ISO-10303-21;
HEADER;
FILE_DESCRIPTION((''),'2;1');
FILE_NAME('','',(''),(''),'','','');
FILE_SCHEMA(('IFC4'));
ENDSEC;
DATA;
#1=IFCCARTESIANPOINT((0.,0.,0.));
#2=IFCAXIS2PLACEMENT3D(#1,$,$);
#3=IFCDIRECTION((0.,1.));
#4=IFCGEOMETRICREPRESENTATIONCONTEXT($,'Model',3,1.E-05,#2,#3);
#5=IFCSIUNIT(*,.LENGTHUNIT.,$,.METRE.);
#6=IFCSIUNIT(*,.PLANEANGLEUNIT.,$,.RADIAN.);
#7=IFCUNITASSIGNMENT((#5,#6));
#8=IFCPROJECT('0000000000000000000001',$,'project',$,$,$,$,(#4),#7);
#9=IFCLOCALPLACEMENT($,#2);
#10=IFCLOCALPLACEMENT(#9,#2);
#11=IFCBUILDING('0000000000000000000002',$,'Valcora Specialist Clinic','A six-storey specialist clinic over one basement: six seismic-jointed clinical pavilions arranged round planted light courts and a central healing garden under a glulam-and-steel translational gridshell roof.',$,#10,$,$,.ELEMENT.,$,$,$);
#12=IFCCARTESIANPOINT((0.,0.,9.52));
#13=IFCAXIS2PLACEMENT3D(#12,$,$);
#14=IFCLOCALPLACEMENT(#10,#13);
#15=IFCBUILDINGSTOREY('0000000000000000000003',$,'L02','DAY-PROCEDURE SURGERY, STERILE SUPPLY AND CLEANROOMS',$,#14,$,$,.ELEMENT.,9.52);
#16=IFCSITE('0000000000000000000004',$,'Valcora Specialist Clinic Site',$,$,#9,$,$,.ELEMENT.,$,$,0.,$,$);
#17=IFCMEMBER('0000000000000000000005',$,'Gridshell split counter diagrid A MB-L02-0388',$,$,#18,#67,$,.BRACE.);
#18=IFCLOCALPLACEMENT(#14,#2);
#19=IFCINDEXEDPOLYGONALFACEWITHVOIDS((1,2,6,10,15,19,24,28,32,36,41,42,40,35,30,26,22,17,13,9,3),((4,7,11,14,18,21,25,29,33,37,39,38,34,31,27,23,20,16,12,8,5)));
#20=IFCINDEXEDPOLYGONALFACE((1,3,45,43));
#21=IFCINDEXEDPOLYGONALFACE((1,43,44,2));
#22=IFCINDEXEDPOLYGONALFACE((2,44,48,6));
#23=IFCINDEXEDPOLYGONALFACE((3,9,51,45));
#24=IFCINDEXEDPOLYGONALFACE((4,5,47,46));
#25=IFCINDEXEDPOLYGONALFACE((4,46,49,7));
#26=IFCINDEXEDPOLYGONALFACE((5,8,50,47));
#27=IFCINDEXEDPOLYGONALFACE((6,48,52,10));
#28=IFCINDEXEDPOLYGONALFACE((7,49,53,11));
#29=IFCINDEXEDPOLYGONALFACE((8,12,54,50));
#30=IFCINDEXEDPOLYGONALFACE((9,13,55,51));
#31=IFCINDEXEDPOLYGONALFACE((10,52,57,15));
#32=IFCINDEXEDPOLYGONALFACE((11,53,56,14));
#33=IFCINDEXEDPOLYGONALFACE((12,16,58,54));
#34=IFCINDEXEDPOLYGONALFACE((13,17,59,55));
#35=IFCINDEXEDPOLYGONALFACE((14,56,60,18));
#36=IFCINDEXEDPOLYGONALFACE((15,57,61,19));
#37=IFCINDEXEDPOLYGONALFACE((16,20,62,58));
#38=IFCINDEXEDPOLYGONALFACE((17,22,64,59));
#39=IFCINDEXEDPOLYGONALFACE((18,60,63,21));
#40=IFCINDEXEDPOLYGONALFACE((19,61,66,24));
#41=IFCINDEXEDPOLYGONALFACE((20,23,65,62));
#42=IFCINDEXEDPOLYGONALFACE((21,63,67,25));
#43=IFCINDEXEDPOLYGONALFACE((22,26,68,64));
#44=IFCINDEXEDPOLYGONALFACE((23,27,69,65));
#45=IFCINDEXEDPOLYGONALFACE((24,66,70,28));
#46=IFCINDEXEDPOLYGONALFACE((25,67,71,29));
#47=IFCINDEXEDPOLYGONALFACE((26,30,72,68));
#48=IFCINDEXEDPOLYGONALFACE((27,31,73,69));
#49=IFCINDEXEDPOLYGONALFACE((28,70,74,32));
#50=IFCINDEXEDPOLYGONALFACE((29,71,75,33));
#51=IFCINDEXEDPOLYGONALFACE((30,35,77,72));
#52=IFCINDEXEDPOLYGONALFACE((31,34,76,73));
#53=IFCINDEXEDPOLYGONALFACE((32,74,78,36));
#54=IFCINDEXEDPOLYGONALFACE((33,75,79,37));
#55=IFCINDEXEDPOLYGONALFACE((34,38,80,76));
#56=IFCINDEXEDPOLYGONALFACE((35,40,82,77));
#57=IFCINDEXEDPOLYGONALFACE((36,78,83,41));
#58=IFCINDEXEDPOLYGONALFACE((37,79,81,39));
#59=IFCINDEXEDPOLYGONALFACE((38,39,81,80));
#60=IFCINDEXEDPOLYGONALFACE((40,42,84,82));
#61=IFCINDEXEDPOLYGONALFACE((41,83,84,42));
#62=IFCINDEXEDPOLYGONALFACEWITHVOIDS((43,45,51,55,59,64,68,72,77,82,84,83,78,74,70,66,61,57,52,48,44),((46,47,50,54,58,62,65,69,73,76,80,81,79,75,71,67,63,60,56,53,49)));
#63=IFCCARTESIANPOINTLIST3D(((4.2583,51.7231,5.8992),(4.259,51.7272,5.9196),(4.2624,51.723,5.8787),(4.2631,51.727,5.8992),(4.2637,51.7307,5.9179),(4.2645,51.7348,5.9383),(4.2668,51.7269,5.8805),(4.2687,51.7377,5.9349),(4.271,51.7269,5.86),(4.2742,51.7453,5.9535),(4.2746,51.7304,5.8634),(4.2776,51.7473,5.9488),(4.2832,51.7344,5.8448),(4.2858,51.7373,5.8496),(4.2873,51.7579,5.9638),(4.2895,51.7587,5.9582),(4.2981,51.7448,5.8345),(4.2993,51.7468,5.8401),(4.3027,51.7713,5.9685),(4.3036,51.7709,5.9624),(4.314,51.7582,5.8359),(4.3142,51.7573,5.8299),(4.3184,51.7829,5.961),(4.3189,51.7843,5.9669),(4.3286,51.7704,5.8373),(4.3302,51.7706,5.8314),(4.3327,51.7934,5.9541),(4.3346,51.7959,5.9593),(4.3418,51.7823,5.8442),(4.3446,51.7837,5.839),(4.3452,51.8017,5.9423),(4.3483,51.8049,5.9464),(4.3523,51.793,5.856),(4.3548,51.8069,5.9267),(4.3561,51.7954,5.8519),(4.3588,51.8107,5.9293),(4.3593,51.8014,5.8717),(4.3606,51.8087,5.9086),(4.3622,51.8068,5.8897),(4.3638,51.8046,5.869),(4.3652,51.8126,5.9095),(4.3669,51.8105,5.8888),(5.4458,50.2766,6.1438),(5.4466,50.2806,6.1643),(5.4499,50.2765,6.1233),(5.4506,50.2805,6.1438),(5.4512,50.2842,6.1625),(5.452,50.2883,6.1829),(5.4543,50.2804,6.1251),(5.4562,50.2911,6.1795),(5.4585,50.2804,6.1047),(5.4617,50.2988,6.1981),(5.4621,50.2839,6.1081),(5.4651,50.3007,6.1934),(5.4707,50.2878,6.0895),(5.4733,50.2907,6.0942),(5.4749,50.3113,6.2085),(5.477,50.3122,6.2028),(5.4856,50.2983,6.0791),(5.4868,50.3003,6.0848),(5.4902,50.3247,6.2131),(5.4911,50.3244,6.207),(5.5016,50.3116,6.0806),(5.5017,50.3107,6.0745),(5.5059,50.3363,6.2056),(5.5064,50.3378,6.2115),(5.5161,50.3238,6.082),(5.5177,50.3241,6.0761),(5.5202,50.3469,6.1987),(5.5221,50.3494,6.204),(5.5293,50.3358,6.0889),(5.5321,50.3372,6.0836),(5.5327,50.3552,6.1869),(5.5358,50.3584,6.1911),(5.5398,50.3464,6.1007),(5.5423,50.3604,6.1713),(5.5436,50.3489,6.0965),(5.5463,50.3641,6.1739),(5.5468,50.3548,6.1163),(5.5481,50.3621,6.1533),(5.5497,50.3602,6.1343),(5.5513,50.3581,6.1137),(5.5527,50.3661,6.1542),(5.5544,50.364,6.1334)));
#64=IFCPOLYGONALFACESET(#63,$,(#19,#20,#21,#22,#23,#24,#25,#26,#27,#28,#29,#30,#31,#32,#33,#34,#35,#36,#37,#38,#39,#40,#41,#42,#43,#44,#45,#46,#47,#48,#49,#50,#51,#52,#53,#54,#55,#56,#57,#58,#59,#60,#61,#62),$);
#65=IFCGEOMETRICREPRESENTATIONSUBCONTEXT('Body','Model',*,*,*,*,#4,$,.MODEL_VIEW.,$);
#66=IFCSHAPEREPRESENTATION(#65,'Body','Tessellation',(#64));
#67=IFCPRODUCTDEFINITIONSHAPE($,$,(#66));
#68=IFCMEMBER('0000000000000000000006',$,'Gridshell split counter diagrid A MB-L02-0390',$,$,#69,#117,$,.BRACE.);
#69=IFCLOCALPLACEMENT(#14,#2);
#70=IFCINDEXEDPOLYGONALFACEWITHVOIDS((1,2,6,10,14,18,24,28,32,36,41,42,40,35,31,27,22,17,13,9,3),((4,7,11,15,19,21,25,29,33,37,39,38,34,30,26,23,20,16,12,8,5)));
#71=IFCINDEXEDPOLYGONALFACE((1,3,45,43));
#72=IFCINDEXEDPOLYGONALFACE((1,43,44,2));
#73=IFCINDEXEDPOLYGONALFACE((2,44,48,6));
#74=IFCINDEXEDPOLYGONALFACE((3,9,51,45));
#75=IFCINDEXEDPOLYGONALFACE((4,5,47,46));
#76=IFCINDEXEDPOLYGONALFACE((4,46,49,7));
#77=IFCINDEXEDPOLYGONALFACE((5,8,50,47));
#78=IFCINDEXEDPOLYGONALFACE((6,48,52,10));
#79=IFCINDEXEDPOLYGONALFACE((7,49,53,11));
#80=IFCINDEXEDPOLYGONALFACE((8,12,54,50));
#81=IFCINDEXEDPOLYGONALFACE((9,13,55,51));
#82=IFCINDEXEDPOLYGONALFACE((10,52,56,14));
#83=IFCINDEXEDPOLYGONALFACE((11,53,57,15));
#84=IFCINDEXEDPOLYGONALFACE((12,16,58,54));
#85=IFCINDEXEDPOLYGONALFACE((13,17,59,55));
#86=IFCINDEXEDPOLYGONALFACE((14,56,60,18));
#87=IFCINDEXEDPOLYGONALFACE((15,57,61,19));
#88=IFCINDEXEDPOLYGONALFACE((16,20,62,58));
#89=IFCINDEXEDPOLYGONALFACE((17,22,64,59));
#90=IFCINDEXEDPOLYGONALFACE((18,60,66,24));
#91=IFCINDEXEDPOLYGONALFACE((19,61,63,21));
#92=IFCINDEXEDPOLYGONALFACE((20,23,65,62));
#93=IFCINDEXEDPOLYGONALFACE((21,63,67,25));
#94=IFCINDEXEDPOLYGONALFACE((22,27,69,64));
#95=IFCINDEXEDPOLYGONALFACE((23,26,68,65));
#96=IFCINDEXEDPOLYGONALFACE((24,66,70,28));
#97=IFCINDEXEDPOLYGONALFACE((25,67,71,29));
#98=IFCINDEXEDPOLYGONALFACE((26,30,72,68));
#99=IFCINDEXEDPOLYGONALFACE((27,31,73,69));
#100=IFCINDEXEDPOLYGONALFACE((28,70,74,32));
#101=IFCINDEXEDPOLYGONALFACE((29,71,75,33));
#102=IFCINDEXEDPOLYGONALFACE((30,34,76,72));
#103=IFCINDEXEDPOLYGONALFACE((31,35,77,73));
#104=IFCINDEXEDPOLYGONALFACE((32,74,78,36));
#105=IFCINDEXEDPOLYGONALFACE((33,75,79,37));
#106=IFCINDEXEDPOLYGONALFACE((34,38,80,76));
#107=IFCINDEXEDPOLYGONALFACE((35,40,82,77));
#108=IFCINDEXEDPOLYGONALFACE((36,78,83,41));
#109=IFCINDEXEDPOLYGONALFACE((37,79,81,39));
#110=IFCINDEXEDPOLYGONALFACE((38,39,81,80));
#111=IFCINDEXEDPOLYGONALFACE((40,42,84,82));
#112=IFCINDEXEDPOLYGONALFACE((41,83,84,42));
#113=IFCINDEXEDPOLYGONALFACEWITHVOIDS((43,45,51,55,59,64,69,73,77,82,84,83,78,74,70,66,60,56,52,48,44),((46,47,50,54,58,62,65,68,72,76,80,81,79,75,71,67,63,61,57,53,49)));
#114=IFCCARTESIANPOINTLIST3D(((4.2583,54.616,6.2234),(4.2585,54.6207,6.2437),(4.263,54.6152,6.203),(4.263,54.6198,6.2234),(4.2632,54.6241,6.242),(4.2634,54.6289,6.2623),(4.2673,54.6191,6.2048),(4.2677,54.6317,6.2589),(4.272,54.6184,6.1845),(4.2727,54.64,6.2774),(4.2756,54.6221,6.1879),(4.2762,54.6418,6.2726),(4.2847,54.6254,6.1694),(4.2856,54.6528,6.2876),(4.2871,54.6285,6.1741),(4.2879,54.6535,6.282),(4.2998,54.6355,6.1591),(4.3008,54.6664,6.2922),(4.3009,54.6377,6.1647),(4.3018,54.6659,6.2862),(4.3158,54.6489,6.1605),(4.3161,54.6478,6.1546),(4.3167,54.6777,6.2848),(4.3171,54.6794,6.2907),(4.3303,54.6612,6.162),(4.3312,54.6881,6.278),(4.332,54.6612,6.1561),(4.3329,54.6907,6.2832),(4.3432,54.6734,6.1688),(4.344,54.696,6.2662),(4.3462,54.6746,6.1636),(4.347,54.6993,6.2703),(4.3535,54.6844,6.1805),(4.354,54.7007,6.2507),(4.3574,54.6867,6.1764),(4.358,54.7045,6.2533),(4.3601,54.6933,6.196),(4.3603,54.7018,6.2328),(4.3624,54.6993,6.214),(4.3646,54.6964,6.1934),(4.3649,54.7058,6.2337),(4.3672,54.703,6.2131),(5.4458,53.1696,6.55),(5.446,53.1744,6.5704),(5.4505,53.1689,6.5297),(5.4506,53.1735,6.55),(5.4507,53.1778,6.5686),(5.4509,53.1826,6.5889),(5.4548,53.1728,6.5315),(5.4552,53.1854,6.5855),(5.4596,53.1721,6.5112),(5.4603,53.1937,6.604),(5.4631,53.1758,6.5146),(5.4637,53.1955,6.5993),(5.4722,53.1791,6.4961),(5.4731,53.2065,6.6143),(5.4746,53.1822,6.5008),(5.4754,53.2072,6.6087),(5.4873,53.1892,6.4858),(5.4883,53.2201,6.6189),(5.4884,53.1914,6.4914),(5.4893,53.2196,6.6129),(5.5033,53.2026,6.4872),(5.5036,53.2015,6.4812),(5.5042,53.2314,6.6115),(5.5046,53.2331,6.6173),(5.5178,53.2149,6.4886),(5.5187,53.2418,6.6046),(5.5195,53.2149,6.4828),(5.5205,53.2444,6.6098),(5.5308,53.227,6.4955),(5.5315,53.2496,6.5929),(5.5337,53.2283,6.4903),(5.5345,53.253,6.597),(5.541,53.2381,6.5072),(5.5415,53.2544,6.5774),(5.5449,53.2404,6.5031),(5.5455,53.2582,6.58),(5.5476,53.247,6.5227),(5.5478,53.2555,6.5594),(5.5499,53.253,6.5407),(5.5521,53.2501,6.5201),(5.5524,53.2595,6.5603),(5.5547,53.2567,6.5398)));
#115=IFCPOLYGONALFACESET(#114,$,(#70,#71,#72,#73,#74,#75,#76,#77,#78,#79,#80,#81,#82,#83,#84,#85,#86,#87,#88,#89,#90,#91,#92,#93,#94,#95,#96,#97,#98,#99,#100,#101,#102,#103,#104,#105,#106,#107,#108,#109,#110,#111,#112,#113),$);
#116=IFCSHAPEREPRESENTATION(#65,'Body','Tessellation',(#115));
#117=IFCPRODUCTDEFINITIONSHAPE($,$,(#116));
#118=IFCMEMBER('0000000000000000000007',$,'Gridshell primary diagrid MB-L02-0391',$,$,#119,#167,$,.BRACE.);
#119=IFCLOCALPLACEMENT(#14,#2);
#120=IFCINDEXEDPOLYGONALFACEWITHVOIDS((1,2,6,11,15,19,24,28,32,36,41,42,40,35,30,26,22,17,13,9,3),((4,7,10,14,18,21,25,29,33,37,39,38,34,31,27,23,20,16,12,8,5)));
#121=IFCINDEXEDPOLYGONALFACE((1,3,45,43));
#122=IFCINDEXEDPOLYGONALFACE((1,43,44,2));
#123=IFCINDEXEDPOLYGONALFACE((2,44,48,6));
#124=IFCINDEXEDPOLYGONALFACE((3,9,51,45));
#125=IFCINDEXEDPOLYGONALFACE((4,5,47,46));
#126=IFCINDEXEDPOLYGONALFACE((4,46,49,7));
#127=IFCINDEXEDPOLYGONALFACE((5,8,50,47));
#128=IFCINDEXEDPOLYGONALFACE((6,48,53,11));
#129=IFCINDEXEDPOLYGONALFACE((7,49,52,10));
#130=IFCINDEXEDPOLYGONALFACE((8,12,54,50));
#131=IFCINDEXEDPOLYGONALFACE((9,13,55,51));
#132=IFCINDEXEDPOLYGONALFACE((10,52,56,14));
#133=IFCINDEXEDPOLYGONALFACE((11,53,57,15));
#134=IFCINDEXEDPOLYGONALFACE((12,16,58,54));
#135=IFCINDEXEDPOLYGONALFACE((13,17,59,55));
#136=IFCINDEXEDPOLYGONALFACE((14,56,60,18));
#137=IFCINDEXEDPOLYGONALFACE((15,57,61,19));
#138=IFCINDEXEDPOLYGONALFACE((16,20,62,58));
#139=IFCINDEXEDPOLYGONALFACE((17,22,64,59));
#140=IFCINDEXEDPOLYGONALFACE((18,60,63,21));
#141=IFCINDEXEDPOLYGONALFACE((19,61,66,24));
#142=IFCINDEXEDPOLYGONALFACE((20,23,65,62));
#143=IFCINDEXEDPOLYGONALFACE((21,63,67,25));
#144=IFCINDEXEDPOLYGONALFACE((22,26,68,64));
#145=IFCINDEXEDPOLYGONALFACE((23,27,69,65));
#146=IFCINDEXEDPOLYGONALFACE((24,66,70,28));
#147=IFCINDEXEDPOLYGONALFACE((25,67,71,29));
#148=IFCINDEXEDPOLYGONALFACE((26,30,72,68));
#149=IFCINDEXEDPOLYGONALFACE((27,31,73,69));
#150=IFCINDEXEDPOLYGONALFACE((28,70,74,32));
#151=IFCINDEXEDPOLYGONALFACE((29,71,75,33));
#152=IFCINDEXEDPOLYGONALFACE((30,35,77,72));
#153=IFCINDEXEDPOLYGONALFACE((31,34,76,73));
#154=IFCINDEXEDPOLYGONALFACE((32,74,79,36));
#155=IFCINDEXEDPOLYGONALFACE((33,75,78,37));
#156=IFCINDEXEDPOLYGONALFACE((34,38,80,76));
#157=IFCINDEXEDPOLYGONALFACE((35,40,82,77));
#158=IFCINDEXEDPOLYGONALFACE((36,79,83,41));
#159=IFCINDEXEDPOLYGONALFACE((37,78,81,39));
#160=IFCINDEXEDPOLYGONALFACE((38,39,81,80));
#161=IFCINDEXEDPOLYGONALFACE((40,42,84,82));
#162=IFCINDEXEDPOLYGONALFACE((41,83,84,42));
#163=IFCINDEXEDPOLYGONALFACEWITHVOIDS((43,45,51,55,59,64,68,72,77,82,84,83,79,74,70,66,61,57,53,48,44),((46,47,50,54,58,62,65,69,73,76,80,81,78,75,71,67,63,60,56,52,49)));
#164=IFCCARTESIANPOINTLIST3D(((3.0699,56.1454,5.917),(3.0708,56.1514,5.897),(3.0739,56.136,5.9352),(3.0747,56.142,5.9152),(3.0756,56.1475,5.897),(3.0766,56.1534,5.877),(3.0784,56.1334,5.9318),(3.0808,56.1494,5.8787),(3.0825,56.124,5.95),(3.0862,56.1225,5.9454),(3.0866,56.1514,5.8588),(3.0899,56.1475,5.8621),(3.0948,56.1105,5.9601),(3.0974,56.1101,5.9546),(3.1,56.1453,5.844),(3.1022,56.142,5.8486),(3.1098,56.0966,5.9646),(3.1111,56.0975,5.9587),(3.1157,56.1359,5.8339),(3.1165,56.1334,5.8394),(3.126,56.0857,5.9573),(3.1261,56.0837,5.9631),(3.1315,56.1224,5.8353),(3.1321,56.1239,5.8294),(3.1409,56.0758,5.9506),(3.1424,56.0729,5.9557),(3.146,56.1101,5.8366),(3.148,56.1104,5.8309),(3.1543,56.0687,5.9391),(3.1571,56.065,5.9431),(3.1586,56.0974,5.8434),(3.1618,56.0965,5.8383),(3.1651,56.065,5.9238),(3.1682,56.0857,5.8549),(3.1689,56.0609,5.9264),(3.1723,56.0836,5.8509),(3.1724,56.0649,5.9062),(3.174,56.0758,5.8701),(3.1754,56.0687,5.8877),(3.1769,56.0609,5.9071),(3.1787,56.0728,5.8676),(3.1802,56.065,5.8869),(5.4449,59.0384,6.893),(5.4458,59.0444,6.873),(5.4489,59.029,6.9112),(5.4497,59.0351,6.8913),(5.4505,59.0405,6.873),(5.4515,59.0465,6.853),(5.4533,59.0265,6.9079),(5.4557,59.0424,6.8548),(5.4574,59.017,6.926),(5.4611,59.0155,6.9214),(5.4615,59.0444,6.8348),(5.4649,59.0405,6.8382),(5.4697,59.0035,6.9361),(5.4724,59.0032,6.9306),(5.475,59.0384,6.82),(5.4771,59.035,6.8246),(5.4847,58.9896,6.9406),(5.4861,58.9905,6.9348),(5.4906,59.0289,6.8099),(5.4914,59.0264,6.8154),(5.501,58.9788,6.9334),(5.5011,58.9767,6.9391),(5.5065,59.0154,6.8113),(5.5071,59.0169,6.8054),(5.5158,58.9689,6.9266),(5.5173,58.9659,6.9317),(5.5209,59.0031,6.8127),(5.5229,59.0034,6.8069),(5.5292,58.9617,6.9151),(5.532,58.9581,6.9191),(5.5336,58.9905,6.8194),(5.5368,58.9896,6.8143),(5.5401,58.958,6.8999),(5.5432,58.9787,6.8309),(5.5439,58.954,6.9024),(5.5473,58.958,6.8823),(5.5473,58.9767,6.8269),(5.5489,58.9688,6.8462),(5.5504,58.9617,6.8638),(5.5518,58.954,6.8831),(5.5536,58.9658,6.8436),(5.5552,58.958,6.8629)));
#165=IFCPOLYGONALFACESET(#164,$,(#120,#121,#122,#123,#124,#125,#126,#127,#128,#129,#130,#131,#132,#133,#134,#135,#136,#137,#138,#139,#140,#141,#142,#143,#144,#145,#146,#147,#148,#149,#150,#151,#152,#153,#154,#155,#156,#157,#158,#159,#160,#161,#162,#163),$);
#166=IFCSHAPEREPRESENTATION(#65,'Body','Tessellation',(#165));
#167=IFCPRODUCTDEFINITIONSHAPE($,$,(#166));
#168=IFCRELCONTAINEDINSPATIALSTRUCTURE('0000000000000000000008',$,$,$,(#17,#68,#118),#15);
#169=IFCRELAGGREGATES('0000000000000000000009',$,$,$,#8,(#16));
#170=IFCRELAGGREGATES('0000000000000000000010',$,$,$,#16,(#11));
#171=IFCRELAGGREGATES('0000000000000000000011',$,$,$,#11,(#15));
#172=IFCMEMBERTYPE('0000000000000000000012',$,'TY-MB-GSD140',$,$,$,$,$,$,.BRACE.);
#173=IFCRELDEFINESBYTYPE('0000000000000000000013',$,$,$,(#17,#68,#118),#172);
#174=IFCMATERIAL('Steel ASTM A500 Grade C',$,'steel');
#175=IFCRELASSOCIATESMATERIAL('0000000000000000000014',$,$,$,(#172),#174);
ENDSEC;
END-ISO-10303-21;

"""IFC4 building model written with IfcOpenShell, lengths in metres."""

from ifc_helpers import new_model, si_unit, direction, frame, origin, origin_2d, place, context, subcontext, project, spatial, hollow_circle, extrude, material, material_profile, profile_set, type_object, element, save


model = new_model("IFC4")

# Units and contexts
model_context = context("Model", 3, precision=1e-05, world=origin(), true_north=direction((0.0, 1.0)))
body_context = subcontext(model_context, "Body", "Model", "MODEL_VIEW")
ifc_project = project(units=[si_unit("LENGTHUNIT", "METRE"), si_unit("PLANEANGLEUNIT", "RADIAN")], contexts=[model_context])

# Site, building, storey
site_placement = place(None, origin())
site = spatial("IfcSite", under=ifc_project, at=site_placement, Name="Valcora Specialist Clinic Site", CompositionType="ELEMENT", RefElevation=0.0)
building_placement = place(site_placement, origin())
building = spatial("IfcBuilding", under=site, at=building_placement, Name="Valcora Specialist Clinic", Description="A six-storey specialist clinic over one basement: six seismic-jointed clinical pavilions arranged round planted light courts and a central healing garden under a glulam-and-steel translational gridshell roof.", CompositionType="ELEMENT")
storey_placement = place(building_placement, frame((0.0, 0.0, 9.52)))
storey = spatial("IfcBuildingStorey", under=building, at=storey_placement, Name="L02", Description="DAY-PROCEDURE SURGERY, STERILE SUPPLY AND CLEANROOMS", CompositionType="ELEMENT", Elevation=9.52)

# Members
ifc_material_1 = material(Name="Steel ASTM A500 Grade C", Category="steel")
ifc_material_profile_1 = material_profile(ifc_material_1, hollow_circle(Radius=0.0701, WallThickness=0.0061, at=origin_2d()), Name="ST-CHS-140X6")
ifc_profile_set_1 = profile_set([ifc_material_profile_1], Name="Steel ASTM A500 Grade C")
member_type_1 = type_object("IfcMemberType", Name="TY-MB-GSD140", PredefinedType="BRACE", material=ifc_profile_set_1)
member_1_placement = place(storey_placement, frame((5.5, 50.321, 6.1438), z_axis=(-0.629157, 0.766397, -0.129608), x_axis=(-0.772916, -0.634508, 0.0)))
element("IfcMember", 1, at=member_1_placement, inside=storey, type_object=member_type_1, Name="Gridshell split counter diagrid A MB-L02-0388", PredefinedType="BRACE", context=body_context, shape_type="SweptSolid", body=[
    extrude(hollow_circle(Radius=0.0701, WallThickness=0.0061, at=origin_2d()), origin(), (0.0, 0.0, 1.0), 1.8875),
])
member_2_placement = place(storey_placement, frame((5.5, 53.2141, 6.55), z_axis=(-0.62512, 0.761351, -0.171959), x_axis=(-0.772863, -0.634572, 0.0)))
element("IfcMember", 2, at=member_2_placement, inside=storey, type_object=member_type_1, Name="Gridshell split counter diagrid A MB-L02-0390", PredefinedType="BRACE", context=body_context, shape_type="SweptSolid", body=[
    extrude(hollow_circle(Radius=0.0701, WallThickness=0.0061, at=origin_2d()), origin(), (0.0, 0.0, 1.0), 1.8997),
])
member_3_placement = place(storey_placement, frame((3.125, 56.1069, 5.897), z_axis=(0.613976, 0.747905, 0.252331), x_axis=(-0.772916, 0.634508, 0.0)))
element("IfcMember", 3, at=member_3_placement, inside=storey, type_object=member_type_1, Name="Gridshell primary diagrid MB-L02-0391", PredefinedType="BRACE", context=body_context, shape_type="SweptSolid", body=[
    extrude(hollow_circle(Radius=0.0701, WallThickness=0.0061, at=origin_2d()), origin(), (0.0, 0.0, 1.0), 3.8682),
])

save(model, "model.ifc")
